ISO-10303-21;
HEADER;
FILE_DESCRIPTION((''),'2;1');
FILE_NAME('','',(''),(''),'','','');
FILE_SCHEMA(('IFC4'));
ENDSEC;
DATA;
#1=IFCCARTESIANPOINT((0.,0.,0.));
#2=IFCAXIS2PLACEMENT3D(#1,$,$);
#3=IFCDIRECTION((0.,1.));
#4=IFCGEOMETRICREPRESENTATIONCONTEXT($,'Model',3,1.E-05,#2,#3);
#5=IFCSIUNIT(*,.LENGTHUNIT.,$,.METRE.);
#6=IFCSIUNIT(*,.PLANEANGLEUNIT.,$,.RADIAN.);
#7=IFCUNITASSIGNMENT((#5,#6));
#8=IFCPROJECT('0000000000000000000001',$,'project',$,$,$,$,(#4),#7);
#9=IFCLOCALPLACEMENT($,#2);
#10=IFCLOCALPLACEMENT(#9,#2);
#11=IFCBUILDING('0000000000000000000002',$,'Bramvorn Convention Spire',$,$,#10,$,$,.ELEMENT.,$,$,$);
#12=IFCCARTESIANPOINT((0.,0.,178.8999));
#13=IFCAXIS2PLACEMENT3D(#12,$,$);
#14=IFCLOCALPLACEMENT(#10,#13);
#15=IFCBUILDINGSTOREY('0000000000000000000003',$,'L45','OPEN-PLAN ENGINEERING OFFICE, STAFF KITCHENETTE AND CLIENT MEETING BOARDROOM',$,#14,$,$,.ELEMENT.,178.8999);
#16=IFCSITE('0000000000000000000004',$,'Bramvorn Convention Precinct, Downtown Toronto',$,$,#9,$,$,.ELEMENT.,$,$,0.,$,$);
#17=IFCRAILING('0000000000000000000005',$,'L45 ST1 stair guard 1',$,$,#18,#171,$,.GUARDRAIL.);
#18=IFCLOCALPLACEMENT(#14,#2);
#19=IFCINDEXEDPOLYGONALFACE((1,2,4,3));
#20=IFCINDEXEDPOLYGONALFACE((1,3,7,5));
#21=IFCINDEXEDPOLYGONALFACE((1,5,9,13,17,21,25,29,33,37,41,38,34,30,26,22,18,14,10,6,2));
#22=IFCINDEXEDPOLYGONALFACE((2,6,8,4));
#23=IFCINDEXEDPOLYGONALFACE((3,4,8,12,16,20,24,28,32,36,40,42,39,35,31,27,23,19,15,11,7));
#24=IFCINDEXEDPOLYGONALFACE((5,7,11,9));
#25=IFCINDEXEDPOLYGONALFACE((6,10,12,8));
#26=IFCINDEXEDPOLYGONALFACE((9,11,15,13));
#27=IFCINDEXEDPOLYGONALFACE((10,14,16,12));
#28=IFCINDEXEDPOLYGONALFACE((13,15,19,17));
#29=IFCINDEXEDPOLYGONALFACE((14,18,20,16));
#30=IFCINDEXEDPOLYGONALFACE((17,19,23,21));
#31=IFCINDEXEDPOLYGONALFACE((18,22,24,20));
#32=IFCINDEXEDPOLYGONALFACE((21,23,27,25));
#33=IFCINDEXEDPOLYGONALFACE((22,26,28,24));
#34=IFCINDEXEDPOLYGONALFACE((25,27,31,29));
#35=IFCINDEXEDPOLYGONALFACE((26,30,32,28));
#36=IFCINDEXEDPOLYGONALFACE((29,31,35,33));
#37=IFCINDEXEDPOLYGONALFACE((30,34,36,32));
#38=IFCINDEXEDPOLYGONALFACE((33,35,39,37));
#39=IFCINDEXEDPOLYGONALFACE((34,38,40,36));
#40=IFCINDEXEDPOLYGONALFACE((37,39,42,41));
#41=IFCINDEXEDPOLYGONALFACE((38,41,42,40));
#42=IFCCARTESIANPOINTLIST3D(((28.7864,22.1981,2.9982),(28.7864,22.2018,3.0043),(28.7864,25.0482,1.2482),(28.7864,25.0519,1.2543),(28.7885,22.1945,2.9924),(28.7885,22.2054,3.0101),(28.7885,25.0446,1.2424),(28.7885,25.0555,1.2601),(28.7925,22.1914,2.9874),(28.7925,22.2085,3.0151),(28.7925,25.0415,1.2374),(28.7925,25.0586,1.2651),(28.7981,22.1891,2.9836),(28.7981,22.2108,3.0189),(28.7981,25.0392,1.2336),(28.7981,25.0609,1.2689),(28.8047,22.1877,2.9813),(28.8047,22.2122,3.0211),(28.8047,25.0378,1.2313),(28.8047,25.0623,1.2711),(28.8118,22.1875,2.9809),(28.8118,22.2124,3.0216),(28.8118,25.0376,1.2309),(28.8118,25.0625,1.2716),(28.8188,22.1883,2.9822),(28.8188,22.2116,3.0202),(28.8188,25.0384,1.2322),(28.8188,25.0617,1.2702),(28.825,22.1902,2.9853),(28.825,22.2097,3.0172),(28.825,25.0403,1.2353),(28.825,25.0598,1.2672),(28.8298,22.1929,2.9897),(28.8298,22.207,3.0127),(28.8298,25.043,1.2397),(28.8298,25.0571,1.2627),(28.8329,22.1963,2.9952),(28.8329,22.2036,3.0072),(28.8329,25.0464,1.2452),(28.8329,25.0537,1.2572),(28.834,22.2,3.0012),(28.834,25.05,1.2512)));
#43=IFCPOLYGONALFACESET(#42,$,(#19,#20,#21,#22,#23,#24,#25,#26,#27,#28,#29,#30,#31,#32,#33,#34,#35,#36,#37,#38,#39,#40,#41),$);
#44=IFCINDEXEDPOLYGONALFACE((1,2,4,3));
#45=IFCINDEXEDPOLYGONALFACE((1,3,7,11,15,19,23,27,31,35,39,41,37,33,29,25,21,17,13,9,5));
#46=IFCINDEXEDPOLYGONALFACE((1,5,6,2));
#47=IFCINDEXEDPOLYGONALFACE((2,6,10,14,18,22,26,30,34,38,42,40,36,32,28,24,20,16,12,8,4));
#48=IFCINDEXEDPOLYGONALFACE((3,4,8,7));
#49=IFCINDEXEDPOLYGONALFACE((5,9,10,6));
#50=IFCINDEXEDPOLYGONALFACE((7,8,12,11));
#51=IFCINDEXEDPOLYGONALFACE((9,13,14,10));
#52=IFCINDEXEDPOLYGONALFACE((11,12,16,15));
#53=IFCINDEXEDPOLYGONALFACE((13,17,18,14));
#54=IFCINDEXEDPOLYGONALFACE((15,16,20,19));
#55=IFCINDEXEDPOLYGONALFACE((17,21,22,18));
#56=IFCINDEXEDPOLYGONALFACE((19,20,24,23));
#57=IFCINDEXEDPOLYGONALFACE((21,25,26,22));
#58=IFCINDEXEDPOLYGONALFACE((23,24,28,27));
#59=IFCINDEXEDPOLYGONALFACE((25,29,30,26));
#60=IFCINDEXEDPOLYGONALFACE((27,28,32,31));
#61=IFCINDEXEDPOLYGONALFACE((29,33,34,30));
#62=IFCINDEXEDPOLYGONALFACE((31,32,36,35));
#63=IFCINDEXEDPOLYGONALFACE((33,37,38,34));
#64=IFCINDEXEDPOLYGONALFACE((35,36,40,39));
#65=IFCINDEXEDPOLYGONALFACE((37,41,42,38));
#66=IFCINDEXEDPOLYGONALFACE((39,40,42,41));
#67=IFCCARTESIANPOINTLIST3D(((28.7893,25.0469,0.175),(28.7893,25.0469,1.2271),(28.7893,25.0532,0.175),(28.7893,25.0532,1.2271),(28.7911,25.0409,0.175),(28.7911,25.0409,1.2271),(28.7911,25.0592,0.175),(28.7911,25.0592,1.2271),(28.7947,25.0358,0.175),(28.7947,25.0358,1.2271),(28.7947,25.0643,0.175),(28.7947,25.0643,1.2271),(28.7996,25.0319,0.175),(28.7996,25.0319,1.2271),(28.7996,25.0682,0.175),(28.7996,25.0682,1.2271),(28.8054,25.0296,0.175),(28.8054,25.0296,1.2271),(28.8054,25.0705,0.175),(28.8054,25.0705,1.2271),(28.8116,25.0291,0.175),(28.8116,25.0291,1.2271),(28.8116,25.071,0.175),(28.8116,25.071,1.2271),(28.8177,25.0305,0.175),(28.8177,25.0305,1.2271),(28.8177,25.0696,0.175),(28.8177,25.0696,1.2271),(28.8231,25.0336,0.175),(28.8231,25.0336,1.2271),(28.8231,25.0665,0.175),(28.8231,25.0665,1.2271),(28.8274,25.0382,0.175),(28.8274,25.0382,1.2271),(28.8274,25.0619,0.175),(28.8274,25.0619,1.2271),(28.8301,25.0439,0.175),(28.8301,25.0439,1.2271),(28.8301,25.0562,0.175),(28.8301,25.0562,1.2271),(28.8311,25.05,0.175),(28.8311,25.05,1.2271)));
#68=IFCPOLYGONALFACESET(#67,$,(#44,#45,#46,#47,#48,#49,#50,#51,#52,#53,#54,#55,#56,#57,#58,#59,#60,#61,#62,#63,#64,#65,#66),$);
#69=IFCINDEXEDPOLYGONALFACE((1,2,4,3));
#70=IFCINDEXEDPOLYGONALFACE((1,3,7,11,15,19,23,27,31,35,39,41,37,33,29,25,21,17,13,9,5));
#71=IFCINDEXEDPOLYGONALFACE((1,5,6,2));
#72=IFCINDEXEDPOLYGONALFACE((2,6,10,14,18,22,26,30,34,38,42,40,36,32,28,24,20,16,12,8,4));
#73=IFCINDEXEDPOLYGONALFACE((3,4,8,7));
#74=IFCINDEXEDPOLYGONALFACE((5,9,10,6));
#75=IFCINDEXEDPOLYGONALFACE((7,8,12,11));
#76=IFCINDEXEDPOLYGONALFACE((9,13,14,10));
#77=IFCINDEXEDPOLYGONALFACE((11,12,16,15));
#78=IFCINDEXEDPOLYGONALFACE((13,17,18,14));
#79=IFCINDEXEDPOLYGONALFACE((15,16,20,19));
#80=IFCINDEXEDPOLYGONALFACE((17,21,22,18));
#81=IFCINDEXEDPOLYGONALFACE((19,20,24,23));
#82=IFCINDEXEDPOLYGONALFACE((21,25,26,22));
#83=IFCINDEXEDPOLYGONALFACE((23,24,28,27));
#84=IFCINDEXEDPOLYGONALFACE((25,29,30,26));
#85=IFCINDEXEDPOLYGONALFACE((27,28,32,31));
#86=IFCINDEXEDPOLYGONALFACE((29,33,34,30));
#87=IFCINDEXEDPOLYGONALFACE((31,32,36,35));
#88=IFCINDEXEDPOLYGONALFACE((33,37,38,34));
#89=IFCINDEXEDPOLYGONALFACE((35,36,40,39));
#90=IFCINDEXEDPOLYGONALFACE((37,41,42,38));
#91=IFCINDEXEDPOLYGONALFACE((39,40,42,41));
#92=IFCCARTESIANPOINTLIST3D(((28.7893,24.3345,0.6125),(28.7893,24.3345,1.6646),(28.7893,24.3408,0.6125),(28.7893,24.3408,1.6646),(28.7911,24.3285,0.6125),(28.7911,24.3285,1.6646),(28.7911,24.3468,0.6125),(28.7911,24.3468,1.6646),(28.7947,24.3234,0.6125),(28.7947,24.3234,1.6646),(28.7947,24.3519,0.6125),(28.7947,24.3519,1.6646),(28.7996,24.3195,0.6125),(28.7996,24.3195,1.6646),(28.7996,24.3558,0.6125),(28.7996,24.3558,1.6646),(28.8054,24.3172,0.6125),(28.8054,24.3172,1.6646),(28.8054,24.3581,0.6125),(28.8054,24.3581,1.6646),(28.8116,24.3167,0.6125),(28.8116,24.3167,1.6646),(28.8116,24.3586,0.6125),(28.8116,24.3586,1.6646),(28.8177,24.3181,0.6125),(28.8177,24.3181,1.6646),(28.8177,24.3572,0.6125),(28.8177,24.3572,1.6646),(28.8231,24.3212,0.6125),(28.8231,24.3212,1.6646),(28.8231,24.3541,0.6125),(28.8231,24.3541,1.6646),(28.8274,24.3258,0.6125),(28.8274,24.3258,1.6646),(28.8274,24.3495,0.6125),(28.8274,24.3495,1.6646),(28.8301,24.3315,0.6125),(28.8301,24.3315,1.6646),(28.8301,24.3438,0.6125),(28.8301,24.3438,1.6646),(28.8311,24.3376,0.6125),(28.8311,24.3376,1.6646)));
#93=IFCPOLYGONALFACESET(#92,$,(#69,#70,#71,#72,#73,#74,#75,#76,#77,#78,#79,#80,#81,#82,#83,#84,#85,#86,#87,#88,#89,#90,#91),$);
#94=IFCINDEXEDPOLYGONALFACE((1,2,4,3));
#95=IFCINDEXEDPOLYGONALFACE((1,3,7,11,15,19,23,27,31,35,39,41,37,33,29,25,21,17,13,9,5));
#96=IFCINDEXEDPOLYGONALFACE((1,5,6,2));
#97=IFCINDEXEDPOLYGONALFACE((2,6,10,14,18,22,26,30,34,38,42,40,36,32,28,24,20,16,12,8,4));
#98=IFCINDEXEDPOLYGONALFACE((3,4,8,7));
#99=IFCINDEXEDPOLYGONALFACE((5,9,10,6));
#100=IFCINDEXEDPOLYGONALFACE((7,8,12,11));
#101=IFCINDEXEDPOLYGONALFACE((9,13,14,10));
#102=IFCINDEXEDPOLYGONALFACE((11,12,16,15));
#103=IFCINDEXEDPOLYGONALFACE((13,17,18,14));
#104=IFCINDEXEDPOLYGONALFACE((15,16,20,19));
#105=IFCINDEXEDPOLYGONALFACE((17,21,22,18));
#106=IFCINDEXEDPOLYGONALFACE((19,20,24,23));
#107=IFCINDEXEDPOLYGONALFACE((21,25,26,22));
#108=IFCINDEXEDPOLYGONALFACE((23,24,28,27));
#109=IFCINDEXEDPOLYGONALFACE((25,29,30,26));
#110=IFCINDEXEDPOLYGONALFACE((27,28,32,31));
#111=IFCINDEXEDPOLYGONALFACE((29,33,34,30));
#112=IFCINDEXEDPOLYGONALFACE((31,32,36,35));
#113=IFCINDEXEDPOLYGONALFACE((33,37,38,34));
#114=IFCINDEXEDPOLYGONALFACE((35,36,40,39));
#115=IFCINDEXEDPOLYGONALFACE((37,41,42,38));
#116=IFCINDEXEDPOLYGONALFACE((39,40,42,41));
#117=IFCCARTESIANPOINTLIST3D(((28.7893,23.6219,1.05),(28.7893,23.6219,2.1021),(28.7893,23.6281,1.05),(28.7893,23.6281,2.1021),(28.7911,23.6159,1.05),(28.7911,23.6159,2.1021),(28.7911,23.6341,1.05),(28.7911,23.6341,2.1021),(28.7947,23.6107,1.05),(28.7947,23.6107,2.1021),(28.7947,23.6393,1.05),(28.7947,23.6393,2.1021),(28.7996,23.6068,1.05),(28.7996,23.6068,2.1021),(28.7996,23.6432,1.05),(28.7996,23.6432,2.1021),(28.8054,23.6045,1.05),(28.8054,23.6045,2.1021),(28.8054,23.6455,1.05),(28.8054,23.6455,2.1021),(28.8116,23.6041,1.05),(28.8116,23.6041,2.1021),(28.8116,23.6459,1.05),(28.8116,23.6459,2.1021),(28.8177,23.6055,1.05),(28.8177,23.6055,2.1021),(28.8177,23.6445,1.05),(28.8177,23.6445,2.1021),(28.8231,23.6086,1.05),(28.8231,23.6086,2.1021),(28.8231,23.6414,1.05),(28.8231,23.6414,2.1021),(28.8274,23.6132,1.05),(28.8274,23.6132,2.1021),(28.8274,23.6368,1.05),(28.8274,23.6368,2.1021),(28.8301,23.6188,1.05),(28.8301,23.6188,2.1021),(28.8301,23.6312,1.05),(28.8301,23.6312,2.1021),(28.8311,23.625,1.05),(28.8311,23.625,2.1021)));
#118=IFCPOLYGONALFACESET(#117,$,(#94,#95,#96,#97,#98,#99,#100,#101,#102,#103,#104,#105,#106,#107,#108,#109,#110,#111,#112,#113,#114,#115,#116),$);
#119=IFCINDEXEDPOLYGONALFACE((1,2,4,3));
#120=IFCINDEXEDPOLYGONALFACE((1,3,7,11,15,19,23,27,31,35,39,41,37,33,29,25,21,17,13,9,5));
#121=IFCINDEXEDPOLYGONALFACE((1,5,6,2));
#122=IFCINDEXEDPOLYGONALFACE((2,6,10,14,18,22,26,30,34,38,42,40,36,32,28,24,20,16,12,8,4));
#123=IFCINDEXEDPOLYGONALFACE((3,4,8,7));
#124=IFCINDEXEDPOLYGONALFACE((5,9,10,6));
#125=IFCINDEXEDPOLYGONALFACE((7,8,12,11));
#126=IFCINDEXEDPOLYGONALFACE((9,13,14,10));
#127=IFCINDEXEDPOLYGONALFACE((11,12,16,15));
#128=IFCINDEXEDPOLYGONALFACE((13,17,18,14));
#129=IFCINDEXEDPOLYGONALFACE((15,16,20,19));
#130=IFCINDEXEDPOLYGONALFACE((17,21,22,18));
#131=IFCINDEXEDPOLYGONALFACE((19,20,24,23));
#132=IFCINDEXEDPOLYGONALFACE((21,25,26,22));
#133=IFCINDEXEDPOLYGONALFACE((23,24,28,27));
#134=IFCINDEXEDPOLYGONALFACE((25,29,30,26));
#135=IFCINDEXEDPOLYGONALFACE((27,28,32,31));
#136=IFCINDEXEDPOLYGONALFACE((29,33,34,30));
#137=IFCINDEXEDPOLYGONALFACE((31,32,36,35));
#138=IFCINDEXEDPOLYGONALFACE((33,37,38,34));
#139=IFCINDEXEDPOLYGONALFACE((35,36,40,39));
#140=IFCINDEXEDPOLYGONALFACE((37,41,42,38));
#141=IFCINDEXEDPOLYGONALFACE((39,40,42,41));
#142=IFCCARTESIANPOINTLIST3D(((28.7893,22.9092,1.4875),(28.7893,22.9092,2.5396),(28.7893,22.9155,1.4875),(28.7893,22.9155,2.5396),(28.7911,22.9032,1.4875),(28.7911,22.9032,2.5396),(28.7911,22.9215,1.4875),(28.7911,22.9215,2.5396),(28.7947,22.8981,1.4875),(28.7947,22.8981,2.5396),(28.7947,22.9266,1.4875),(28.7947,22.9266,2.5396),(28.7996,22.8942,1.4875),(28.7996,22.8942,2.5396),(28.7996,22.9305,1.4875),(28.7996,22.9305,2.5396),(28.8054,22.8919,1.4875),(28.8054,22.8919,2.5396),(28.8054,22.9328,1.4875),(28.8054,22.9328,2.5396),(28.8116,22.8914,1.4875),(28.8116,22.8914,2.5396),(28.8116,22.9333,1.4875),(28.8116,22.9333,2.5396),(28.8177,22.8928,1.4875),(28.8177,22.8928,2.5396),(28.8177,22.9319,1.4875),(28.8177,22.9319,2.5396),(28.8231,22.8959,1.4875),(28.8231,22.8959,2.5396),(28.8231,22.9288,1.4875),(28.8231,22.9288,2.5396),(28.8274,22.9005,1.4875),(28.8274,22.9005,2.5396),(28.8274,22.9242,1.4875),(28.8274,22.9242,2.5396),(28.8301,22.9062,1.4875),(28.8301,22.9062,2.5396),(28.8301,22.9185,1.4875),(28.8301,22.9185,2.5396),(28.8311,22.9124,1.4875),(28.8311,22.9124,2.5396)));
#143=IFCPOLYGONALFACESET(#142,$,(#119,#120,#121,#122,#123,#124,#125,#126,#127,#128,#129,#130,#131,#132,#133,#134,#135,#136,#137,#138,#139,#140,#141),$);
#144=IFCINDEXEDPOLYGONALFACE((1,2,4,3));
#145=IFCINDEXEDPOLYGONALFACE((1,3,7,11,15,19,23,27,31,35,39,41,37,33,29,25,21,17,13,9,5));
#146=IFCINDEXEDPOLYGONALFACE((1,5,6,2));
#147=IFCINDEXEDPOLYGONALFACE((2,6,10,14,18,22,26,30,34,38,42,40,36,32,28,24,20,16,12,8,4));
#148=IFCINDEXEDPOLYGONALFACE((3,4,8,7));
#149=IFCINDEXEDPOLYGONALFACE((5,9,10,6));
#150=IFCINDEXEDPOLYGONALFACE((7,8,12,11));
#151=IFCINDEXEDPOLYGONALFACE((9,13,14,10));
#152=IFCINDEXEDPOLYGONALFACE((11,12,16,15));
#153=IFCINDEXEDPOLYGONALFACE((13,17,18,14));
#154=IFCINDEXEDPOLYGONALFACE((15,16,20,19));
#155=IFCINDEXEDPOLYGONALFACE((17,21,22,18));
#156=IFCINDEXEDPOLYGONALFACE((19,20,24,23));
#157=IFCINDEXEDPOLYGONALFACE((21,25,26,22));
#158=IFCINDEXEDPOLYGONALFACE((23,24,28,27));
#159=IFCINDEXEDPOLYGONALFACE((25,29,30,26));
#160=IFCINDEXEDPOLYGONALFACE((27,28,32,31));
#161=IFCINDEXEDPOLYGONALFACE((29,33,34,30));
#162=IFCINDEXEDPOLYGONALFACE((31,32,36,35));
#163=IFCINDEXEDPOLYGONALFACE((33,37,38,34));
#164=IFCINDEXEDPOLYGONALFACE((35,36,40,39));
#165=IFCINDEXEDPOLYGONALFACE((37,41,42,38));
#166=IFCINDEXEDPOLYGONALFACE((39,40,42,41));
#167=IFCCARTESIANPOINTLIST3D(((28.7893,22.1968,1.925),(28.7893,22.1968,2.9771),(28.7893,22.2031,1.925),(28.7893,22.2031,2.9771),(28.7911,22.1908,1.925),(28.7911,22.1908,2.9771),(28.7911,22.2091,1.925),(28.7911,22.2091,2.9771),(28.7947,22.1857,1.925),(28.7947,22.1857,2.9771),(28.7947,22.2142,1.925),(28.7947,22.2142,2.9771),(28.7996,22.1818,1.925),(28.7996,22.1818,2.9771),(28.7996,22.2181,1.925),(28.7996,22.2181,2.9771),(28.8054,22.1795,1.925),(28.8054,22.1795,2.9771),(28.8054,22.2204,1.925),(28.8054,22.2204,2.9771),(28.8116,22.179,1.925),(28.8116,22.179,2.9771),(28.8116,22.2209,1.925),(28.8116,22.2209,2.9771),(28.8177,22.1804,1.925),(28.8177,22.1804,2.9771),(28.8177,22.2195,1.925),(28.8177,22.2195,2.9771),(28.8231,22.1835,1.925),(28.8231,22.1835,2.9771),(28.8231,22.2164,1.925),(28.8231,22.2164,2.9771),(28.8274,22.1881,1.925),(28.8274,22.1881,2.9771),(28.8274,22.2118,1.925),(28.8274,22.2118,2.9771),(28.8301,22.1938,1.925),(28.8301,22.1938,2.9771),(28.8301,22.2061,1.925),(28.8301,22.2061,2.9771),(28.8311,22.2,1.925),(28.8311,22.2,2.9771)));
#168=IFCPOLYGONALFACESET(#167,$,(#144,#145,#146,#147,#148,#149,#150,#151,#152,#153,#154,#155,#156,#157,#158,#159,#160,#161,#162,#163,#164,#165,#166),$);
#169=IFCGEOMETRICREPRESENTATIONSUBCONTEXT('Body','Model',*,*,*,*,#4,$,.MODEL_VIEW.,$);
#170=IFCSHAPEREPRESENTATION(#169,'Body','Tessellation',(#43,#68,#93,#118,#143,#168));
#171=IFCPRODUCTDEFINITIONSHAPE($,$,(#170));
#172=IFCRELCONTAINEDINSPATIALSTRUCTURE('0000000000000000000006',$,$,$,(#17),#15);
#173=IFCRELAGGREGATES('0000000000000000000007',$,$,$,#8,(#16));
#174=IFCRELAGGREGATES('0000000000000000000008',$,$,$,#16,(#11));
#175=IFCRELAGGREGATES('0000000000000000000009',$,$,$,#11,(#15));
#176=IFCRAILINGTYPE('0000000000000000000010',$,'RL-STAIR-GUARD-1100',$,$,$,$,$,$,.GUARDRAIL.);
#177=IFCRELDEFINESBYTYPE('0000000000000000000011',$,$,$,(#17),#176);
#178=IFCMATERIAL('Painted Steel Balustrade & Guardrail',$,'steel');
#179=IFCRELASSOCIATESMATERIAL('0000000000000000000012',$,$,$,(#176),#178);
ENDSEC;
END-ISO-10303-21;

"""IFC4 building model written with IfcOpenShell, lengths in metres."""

from ifc_helpers import new_model, si_unit, direction, frame, origin, origin_2d, place, context, subcontext, project, spatial, circle, extrude, material, type_object, element, save


model = new_model("IFC4")

# Units and contexts
model_context = context("Model", 3, precision=1e-05, world=origin(), true_north=direction((0.0, 1.0)))
body_context = subcontext(model_context, "Body", "Model", "MODEL_VIEW")
ifc_project = project(units=[si_unit("LENGTHUNIT", "METRE"), si_unit("PLANEANGLEUNIT", "RADIAN")], contexts=[model_context])

# Site, building, storey
site_placement = place(None, origin())
site = spatial("IfcSite", under=ifc_project, at=site_placement, Name="Bramvorn Convention Precinct, Downtown Toronto", CompositionType="ELEMENT", RefElevation=0.0)
building_placement = place(site_placement, origin())
building = spatial("IfcBuilding", under=site, at=building_placement, Name="Bramvorn Convention Spire", CompositionType="ELEMENT")
storey_placement = place(building_placement, frame((0.0, 0.0, 178.8999)))
storey = spatial("IfcBuildingStorey", under=building, at=storey_placement, Name="L45", Description="OPEN-PLAN ENGINEERING OFFICE, STAFF KITCHENETTE AND CLIENT MEETING BOARDROOM", CompositionType="ELEMENT", Elevation=178.8999)

# Railing
ifc_material_1 = material(Name="Painted Steel Balustrade & Guardrail", Category="steel")
railing_type_1 = type_object("IfcRailingType", Name="RL-STAIR-GUARD-1100", PredefinedType="GUARDRAIL", material=ifc_material_1)
railing_1_placement = place(storey_placement, frame((28.8101, 25.05, 0.175)))
element("IfcRailing", 1, at=railing_1_placement, inside=storey, type_object=railing_type_1, Name="L45 ST1 stair guard 1", PredefinedType="GUARDRAIL", context=body_context, shape_type="SweptSolid", body=[
    extrude(circle(Radius=0.0239, at=origin_2d()), frame((0.0, 0.0, 1.0762), z_axis=(0.0, -0.852179, 0.52325), x_axis=(1.0, 0.0, 0.0)), (0.0, 0.0, 1.0), 3.3445),
    extrude(circle(Radius=0.021, at=origin_2d()), origin(), (0.0, 0.0, 1.0), 1.052),
    extrude(circle(Radius=0.021, at=origin_2d()), frame((0.0, -0.7124, 0.4375)), (0.0, 0.0, 1.0), 1.052),
    extrude(circle(Radius=0.021, at=origin_2d()), frame((0.0, -1.425, 0.875)), (0.0, 0.0, 1.0), 1.052),
    extrude(circle(Radius=0.021, at=origin_2d()), frame((0.0, -2.1377, 1.3125)), (0.0, 0.0, 1.0), 1.052),
    extrude(circle(Radius=0.021, at=origin_2d()), frame((0.0, -2.8501, 1.75)), (0.0, 0.0, 1.0), 1.052),
])

save(model, "model.ifc")
